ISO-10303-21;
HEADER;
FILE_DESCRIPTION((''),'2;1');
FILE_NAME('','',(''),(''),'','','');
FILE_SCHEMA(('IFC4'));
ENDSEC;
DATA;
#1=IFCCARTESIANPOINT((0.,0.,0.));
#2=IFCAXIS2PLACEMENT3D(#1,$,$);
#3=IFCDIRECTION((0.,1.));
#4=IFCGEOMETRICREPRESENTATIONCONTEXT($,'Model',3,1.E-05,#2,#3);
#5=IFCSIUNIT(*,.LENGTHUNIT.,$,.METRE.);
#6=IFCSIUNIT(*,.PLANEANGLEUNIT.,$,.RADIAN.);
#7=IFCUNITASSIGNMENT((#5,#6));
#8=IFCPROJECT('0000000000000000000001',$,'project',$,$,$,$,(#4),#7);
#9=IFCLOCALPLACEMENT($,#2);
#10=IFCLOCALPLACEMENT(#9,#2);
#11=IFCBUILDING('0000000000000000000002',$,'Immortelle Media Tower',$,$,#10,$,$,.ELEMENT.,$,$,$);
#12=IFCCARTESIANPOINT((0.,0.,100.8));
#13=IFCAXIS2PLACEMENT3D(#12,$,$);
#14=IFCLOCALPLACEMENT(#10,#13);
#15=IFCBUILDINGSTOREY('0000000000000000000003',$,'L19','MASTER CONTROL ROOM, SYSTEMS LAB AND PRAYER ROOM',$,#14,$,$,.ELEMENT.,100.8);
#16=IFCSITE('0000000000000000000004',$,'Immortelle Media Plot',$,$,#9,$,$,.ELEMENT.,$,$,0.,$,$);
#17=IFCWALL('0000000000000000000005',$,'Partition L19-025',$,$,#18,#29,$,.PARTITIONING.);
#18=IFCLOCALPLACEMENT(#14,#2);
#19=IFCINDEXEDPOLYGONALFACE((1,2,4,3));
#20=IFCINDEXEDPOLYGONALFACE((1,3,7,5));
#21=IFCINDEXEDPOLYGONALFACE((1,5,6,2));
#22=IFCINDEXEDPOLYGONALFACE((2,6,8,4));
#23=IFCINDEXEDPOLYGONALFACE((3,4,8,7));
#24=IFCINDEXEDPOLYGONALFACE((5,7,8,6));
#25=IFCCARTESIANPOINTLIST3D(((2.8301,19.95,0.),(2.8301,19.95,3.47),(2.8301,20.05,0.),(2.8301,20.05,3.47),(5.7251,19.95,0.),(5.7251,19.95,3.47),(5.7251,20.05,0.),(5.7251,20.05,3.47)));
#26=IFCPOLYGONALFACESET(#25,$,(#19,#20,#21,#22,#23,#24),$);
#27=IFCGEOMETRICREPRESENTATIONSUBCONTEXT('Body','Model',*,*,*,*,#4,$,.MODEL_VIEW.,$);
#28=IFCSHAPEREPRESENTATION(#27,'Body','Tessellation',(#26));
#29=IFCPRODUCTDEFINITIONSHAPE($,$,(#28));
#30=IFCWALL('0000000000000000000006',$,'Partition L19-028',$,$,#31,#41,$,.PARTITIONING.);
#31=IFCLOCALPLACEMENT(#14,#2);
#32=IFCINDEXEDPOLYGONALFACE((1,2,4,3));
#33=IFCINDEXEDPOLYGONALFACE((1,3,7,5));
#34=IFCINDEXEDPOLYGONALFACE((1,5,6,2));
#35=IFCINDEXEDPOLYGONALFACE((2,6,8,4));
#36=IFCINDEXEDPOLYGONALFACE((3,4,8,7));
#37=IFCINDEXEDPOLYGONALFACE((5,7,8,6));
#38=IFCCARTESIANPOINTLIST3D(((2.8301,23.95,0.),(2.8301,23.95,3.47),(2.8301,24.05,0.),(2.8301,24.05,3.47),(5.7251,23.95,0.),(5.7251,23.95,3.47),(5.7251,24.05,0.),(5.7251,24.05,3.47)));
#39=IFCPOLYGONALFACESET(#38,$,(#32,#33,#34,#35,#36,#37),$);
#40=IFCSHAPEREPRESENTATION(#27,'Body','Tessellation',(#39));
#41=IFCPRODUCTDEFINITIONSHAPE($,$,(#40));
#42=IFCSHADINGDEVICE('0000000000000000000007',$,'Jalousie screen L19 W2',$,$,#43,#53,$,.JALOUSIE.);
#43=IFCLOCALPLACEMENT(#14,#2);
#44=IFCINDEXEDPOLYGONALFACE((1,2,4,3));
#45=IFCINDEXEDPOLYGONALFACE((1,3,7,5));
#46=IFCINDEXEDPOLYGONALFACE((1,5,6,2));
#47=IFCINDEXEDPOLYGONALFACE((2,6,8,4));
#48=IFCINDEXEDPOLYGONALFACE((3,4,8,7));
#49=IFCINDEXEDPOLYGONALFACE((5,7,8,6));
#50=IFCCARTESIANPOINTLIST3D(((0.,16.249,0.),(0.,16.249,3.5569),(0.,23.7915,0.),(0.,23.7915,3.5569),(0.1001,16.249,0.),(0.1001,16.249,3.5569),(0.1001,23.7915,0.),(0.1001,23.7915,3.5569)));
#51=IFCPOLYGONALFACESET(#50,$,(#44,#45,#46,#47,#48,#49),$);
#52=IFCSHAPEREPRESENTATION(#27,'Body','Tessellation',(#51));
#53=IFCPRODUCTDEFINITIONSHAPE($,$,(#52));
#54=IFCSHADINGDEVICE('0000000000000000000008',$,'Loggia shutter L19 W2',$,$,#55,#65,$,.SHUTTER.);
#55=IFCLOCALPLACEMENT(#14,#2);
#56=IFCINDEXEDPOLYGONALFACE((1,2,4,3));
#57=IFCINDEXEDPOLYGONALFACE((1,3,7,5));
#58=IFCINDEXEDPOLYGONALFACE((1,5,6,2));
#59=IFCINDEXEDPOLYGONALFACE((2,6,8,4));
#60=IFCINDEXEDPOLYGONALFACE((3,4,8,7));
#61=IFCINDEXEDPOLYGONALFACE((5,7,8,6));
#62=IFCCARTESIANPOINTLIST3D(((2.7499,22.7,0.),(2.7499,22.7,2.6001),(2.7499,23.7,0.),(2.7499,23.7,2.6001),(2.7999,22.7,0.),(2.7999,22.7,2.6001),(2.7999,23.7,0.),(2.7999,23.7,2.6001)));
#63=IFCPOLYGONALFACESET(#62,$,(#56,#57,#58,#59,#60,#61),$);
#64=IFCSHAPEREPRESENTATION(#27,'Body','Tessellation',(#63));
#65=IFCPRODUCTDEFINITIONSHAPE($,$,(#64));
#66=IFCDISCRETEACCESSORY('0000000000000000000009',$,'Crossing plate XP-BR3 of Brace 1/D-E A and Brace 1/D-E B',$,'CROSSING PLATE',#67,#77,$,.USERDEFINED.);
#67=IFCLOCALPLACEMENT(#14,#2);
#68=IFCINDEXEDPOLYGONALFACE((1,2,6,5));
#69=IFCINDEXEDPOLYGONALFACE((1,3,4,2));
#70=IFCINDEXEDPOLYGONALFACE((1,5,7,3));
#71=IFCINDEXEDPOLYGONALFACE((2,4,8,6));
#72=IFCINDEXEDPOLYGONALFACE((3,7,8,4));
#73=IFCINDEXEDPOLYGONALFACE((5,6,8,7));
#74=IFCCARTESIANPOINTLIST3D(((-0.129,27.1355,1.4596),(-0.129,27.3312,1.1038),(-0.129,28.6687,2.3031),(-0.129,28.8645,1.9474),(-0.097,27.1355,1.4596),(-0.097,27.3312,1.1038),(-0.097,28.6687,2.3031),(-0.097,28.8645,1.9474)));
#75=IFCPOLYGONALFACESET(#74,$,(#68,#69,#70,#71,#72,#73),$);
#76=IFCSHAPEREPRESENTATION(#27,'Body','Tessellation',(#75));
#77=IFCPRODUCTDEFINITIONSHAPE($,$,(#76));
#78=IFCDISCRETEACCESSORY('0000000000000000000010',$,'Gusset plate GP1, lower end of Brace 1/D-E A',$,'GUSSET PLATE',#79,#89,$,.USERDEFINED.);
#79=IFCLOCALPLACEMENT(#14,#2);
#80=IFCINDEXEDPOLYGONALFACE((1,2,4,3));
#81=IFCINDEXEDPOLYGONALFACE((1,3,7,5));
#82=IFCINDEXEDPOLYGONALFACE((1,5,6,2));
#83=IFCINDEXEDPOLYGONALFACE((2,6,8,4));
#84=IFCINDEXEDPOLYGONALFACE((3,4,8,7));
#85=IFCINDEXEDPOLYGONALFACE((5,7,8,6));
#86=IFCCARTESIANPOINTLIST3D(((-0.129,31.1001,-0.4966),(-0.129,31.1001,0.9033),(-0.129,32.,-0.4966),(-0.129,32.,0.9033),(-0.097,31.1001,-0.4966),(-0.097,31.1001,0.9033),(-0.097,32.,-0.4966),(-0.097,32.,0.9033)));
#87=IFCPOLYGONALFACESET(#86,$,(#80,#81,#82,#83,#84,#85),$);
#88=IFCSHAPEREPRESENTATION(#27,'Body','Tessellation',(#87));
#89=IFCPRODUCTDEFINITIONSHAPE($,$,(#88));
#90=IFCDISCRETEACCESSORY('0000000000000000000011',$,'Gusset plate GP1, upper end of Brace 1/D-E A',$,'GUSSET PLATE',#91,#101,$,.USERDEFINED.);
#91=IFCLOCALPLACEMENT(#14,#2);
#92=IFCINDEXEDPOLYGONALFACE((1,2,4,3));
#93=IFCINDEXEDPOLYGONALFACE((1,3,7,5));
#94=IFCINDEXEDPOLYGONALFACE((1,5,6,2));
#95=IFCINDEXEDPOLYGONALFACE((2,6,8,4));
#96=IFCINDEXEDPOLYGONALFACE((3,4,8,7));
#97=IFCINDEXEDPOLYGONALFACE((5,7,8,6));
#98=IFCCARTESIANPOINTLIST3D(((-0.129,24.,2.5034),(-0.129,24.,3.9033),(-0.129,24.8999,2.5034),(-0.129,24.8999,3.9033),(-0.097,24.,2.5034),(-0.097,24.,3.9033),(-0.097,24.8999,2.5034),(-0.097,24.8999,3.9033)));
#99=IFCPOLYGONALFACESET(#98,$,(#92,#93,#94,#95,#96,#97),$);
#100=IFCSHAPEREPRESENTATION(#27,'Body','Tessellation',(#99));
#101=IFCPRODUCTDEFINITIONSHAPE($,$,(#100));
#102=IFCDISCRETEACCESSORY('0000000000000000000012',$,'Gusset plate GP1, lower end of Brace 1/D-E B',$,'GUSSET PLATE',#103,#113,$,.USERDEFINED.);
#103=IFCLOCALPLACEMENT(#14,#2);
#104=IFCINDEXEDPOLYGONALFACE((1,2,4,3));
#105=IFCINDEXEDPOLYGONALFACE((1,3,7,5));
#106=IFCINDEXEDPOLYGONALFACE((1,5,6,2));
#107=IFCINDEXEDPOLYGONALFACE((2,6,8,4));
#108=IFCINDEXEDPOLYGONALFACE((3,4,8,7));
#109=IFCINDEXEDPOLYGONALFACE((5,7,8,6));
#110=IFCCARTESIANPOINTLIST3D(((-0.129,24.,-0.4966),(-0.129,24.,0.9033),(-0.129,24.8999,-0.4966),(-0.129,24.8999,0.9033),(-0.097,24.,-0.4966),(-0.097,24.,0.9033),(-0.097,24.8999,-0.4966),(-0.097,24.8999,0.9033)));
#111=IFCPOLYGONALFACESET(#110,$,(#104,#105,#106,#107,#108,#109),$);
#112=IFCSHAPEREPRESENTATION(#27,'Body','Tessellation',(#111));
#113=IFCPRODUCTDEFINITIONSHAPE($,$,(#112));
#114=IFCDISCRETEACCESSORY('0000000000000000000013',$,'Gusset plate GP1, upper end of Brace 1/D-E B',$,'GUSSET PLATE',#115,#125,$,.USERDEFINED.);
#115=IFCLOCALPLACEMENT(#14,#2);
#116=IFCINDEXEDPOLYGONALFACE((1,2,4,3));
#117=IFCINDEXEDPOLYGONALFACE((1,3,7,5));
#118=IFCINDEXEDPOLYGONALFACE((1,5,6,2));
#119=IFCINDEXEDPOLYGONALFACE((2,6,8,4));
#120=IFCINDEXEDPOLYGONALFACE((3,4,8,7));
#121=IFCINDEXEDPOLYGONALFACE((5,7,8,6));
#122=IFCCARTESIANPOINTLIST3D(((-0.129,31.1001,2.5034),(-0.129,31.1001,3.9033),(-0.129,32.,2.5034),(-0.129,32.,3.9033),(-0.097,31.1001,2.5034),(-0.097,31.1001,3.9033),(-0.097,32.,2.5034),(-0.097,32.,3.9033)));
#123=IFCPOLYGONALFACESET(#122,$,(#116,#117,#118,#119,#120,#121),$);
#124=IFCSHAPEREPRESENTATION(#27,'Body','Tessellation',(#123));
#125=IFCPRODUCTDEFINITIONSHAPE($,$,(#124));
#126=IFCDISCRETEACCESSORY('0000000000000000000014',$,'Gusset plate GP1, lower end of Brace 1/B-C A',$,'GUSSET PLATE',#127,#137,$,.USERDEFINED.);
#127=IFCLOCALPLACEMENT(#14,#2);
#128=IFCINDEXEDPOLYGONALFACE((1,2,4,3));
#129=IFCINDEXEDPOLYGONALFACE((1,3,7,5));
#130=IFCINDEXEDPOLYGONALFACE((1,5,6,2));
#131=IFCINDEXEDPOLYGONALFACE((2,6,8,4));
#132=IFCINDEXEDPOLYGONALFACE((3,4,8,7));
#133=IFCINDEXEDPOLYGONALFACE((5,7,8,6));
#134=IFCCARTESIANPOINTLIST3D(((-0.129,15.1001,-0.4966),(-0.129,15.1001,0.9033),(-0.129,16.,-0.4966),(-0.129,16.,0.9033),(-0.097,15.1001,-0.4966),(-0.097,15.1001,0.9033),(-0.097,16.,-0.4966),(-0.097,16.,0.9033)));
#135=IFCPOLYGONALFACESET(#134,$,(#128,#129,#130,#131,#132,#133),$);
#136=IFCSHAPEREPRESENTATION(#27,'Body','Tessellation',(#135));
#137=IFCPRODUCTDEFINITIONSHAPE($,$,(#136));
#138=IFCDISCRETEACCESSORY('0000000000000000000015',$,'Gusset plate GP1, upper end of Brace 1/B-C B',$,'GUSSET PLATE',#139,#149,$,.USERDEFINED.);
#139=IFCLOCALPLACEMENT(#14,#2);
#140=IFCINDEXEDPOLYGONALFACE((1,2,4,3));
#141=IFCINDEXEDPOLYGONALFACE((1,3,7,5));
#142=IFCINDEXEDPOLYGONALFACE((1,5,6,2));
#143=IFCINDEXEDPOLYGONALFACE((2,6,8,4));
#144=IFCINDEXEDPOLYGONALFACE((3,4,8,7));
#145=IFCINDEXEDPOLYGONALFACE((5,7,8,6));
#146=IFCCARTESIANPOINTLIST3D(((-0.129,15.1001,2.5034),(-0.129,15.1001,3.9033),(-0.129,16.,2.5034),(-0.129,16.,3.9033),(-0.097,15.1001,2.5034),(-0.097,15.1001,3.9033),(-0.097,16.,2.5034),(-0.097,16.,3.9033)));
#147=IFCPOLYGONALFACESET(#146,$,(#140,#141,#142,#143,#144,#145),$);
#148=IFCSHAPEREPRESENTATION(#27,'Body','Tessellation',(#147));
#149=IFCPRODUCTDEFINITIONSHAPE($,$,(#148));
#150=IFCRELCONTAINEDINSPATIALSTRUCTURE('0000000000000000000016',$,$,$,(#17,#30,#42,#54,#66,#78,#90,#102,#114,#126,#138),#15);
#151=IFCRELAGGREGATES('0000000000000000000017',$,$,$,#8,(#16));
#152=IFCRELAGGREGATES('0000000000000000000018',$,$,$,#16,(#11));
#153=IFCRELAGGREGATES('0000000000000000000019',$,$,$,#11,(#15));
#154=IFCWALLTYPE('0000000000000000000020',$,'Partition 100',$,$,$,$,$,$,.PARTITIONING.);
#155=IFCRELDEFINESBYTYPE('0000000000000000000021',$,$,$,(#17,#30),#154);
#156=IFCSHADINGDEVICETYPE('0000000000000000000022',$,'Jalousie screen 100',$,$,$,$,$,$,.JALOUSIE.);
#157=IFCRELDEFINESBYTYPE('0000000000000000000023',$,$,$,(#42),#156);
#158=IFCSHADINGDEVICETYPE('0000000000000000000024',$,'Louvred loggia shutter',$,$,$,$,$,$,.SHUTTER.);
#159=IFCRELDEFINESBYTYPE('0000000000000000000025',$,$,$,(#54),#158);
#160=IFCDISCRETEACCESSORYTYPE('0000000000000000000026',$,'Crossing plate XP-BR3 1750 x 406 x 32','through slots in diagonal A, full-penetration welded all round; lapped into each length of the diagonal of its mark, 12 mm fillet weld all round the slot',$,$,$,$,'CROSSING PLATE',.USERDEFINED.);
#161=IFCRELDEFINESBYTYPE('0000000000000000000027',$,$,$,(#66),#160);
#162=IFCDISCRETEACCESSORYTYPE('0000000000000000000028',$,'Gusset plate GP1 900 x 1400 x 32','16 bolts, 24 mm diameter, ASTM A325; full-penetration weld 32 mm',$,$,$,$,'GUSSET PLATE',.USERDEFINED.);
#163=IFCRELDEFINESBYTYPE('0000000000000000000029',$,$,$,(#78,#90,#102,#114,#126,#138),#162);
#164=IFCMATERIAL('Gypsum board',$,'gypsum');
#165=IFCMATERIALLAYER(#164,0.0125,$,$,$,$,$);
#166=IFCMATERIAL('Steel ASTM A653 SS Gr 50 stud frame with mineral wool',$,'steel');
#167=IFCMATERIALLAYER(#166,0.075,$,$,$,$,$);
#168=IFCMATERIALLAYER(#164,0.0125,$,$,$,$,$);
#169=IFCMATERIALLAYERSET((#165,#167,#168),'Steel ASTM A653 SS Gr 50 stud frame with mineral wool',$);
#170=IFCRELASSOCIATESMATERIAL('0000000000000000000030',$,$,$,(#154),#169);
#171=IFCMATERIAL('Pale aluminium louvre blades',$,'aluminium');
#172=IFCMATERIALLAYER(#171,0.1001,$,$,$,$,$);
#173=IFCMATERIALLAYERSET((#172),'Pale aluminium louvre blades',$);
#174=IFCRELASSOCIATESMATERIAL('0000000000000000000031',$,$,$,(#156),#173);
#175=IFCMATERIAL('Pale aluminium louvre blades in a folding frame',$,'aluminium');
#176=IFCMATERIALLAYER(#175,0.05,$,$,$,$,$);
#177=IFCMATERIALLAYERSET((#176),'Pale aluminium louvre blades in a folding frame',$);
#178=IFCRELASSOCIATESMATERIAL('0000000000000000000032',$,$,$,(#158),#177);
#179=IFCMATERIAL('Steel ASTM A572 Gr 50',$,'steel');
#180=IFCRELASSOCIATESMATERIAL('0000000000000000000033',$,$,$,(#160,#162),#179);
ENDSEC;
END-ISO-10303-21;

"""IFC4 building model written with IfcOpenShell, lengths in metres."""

from ifc_helpers import new_model, si_unit, direction, frame, frame_2d, origin, origin_2d, place, context, subcontext, project, spatial, rectangle, extrude, material, layer, layer_set, material_profile, profile_set, type_object, element, save


model = new_model("IFC4")

# Units and contexts
model_context = context("Model", 3, precision=1e-05, world=origin(), true_north=direction((0.0, 1.0)))
body_context = subcontext(model_context, "Body", "Model", "MODEL_VIEW")
ifc_project = project(units=[si_unit("LENGTHUNIT", "METRE"), si_unit("PLANEANGLEUNIT", "RADIAN")], contexts=[model_context])

# Site, building, storey
site_placement = place(None, origin())
site = spatial("IfcSite", under=ifc_project, at=site_placement, Name="Immortelle Media Plot", CompositionType="ELEMENT", RefElevation=0.0)
building_placement = place(site_placement, origin())
building = spatial("IfcBuilding", under=site, at=building_placement, Name="Immortelle Media Tower", CompositionType="ELEMENT")
storey_placement = place(building_placement, frame((0.0, 0.0, 100.8)))
storey = spatial("IfcBuildingStorey", under=building, at=storey_placement, Name="L19", Description="MASTER CONTROL ROOM, SYSTEMS LAB AND PRAYER ROOM", CompositionType="ELEMENT", Elevation=100.8)

# Walls
ifc_material_1 = material(Name="Steel ASTM A653 SS Gr 50 stud frame with mineral wool", Category="steel")
ifc_material_2 = material(Name="Gypsum board", Category="gypsum")
ifc_layer_1 = layer(ifc_material_2, 0.0125)
ifc_layer_2 = layer(ifc_material_1, 0.075)
ifc_layer_3 = layer(ifc_material_2, 0.0125)
ifc_layer_set_1 = layer_set([ifc_layer_1, ifc_layer_2, ifc_layer_3], Name="Steel ASTM A653 SS Gr 50 stud frame with mineral wool")
wall_type_1 = type_object("IfcWallType", Name="Partition 100", PredefinedType="PARTITIONING", material=ifc_layer_set_1)
for number, where, z_axis, x_axis, name in (
    (1, (2.8301, 20.0, 0.0), (0.0, 0.0, 1.0), (1.0, 0.0, 0.0), "Partition L19-025"),
    (2, (2.8301, 24.0, 0.0), (0.0, 0.0, 1.0), (1.0, 0.0, 0.0), "Partition L19-028"),
):
    element("IfcWall", number, at=place(storey_placement, frame(where, z_axis=z_axis, x_axis=x_axis)), inside=storey, type_object=wall_type_1, Name=name, PredefinedType="PARTITIONING", context=body_context, shape_type="SweptSolid", body=[
        extrude(rectangle(XDim=2.895, YDim=0.1001, at=frame_2d((1.4475, 0.0))), origin(), (0.0, 0.0, 1.0), 3.47),
    ])

# Shading devices
ifc_material_3 = material(Name="Pale aluminium louvre blades", Category="aluminium")
ifc_layer_4 = layer(ifc_material_3, 0.1001)
ifc_layer_set_2 = layer_set([ifc_layer_4], Name="Pale aluminium louvre blades")
shading_device_type_1 = type_object("IfcShadingDeviceType", Name="Jalousie screen 100", PredefinedType="JALOUSIE", material=ifc_layer_set_2)
shading_device_1_placement = place(storey_placement, frame((0.05, 20.0203, 0.0), z_axis=(0.0, 0.0, 1.0), x_axis=(0.0, -1.0, 0.0)))
element("IfcShadingDevice", 3, at=shading_device_1_placement, inside=storey, type_object=shading_device_type_1, Name="Jalousie screen L19 W2", PredefinedType="JALOUSIE", context=body_context, shape_type="SweptSolid", body=[
    extrude(rectangle(XDim=7.5425, YDim=0.1001, at=origin_2d()), origin(), (0.0, 0.0, 1.0), 3.5569),
])
ifc_material_4 = material(Name="Pale aluminium louvre blades in a folding frame", Category="aluminium")
ifc_layer_5 = layer(ifc_material_4, 0.05)
ifc_layer_set_3 = layer_set([ifc_layer_5], Name="Pale aluminium louvre blades in a folding frame")
shading_device_type_2 = type_object("IfcShadingDeviceType", Name="Louvred loggia shutter", PredefinedType="SHUTTER", material=ifc_layer_set_3)
shading_device_2_placement = place(storey_placement, frame((2.7749, 23.2, 0.0), z_axis=(0.0, 0.0, 1.0), x_axis=(0.0, -1.0, 0.0)))
element("IfcShadingDevice", 4, at=shading_device_2_placement, inside=storey, type_object=shading_device_type_2, Name="Loggia shutter L19 W2", PredefinedType="SHUTTER", context=body_context, shape_type="SweptSolid", body=[
    extrude(rectangle(XDim=1.0, YDim=0.05, at=origin_2d()), origin(), (0.0, 0.0, 1.0), 2.6001),
])

# Discrete accessories
ifc_material_5 = material(Name="Steel ASTM A572 Gr 50", Category="steel")
ifc_material_profile_1 = material_profile(ifc_material_5, rectangle(XDim=0.032, YDim=0.406, at=origin_2d()), Name="PL 32 x 406")
ifc_profile_set_1 = profile_set([ifc_material_profile_1], Name="Steel ASTM A572 Gr 50")
discrete_accessory_type_1 = type_object("IfcDiscreteAccessoryType", Name="Crossing plate XP-BR3 1750 x 406 x 32", Description="through slots in diagonal A, full-penetration welded all round; lapped into each length of the diagonal of its mark, 12 mm fillet weld all round the slot", ElementType="CROSSING PLATE", PredefinedType="USERDEFINED", material=ifc_profile_set_1)
discrete_accessory_placement = place(storey_placement, frame((-0.113, 28.7666, 2.1252), z_axis=(0.0, -0.876157, -0.482026), x_axis=(1.0, 0.0, 0.0)))
element("IfcDiscreteAccessory", 5, at=discrete_accessory_placement, inside=storey, type_object=discrete_accessory_type_1, Name="Crossing plate XP-BR3 of Brace 1/D-E A and Brace 1/D-E B", ObjectType="CROSSING PLATE", PredefinedType="USERDEFINED", context=body_context, shape_type="SweptSolid", body=[
    extrude(rectangle(XDim=0.032, YDim=0.406, at=origin_2d()), origin(), (0.0, 0.0, 1.0), 1.75),
])
ifc_material_profile_2 = material_profile(ifc_material_5, rectangle(XDim=0.032, YDim=1.3999, at=origin_2d()), Name="PL 32 x 1400")
ifc_profile_set_2 = profile_set([ifc_material_profile_2], Name="Steel ASTM A572 Gr 50")
discrete_accessory_type_2 = type_object("IfcDiscreteAccessoryType", Name="Gusset plate GP1 900 x 1400 x 32", Description="16 bolts, 24 mm diameter, ASTM A325; full-penetration weld 32 mm", ElementType="GUSSET PLATE", PredefinedType="USERDEFINED", material=ifc_profile_set_2)
for number, where, z_axis, x_axis, name in (
    (6, (-0.113, 32.0, 0.2034), (0.0, -1.0, 0.0), (1.0, 0.0, 0.0), "Gusset plate GP1, lower end of Brace 1/D-E A"),
    (7, (-0.113, 24.0, 3.2034), (0.0, 1.0, 0.0), (-1.0, 0.0, 0.0), "Gusset plate GP1, upper end of Brace 1/D-E A"),
    (8, (-0.113, 24.0, 0.2034), (0.0, 1.0, 0.0), (-1.0, 0.0, 0.0), "Gusset plate GP1, lower end of Brace 1/D-E B"),
    (9, (-0.113, 32.0, 3.2034), (0.0, -1.0, 0.0), (1.0, 0.0, 0.0), "Gusset plate GP1, upper end of Brace 1/D-E B"),
    (10, (-0.113, 16.0, 0.2034), (0.0, -1.0, 0.0), (1.0, 0.0, 0.0), "Gusset plate GP1, lower end of Brace 1/B-C A"),
    (11, (-0.113, 16.0, 3.2034), (0.0, -1.0, 0.0), (1.0, 0.0, 0.0), "Gusset plate GP1, upper end of Brace 1/B-C B"),
):
    element("IfcDiscreteAccessory", number, at=place(storey_placement, frame(where, z_axis=z_axis, x_axis=x_axis)), inside=storey, type_object=discrete_accessory_type_2, Name=name, ObjectType="GUSSET PLATE", PredefinedType="USERDEFINED", context=body_context, shape_type="SweptSolid", body=[
        extrude(rectangle(XDim=0.032, YDim=1.3999, at=origin_2d()), origin(), (0.0, 0.0, 1.0), 0.8999),
    ])

save(model, "model.ifc")
